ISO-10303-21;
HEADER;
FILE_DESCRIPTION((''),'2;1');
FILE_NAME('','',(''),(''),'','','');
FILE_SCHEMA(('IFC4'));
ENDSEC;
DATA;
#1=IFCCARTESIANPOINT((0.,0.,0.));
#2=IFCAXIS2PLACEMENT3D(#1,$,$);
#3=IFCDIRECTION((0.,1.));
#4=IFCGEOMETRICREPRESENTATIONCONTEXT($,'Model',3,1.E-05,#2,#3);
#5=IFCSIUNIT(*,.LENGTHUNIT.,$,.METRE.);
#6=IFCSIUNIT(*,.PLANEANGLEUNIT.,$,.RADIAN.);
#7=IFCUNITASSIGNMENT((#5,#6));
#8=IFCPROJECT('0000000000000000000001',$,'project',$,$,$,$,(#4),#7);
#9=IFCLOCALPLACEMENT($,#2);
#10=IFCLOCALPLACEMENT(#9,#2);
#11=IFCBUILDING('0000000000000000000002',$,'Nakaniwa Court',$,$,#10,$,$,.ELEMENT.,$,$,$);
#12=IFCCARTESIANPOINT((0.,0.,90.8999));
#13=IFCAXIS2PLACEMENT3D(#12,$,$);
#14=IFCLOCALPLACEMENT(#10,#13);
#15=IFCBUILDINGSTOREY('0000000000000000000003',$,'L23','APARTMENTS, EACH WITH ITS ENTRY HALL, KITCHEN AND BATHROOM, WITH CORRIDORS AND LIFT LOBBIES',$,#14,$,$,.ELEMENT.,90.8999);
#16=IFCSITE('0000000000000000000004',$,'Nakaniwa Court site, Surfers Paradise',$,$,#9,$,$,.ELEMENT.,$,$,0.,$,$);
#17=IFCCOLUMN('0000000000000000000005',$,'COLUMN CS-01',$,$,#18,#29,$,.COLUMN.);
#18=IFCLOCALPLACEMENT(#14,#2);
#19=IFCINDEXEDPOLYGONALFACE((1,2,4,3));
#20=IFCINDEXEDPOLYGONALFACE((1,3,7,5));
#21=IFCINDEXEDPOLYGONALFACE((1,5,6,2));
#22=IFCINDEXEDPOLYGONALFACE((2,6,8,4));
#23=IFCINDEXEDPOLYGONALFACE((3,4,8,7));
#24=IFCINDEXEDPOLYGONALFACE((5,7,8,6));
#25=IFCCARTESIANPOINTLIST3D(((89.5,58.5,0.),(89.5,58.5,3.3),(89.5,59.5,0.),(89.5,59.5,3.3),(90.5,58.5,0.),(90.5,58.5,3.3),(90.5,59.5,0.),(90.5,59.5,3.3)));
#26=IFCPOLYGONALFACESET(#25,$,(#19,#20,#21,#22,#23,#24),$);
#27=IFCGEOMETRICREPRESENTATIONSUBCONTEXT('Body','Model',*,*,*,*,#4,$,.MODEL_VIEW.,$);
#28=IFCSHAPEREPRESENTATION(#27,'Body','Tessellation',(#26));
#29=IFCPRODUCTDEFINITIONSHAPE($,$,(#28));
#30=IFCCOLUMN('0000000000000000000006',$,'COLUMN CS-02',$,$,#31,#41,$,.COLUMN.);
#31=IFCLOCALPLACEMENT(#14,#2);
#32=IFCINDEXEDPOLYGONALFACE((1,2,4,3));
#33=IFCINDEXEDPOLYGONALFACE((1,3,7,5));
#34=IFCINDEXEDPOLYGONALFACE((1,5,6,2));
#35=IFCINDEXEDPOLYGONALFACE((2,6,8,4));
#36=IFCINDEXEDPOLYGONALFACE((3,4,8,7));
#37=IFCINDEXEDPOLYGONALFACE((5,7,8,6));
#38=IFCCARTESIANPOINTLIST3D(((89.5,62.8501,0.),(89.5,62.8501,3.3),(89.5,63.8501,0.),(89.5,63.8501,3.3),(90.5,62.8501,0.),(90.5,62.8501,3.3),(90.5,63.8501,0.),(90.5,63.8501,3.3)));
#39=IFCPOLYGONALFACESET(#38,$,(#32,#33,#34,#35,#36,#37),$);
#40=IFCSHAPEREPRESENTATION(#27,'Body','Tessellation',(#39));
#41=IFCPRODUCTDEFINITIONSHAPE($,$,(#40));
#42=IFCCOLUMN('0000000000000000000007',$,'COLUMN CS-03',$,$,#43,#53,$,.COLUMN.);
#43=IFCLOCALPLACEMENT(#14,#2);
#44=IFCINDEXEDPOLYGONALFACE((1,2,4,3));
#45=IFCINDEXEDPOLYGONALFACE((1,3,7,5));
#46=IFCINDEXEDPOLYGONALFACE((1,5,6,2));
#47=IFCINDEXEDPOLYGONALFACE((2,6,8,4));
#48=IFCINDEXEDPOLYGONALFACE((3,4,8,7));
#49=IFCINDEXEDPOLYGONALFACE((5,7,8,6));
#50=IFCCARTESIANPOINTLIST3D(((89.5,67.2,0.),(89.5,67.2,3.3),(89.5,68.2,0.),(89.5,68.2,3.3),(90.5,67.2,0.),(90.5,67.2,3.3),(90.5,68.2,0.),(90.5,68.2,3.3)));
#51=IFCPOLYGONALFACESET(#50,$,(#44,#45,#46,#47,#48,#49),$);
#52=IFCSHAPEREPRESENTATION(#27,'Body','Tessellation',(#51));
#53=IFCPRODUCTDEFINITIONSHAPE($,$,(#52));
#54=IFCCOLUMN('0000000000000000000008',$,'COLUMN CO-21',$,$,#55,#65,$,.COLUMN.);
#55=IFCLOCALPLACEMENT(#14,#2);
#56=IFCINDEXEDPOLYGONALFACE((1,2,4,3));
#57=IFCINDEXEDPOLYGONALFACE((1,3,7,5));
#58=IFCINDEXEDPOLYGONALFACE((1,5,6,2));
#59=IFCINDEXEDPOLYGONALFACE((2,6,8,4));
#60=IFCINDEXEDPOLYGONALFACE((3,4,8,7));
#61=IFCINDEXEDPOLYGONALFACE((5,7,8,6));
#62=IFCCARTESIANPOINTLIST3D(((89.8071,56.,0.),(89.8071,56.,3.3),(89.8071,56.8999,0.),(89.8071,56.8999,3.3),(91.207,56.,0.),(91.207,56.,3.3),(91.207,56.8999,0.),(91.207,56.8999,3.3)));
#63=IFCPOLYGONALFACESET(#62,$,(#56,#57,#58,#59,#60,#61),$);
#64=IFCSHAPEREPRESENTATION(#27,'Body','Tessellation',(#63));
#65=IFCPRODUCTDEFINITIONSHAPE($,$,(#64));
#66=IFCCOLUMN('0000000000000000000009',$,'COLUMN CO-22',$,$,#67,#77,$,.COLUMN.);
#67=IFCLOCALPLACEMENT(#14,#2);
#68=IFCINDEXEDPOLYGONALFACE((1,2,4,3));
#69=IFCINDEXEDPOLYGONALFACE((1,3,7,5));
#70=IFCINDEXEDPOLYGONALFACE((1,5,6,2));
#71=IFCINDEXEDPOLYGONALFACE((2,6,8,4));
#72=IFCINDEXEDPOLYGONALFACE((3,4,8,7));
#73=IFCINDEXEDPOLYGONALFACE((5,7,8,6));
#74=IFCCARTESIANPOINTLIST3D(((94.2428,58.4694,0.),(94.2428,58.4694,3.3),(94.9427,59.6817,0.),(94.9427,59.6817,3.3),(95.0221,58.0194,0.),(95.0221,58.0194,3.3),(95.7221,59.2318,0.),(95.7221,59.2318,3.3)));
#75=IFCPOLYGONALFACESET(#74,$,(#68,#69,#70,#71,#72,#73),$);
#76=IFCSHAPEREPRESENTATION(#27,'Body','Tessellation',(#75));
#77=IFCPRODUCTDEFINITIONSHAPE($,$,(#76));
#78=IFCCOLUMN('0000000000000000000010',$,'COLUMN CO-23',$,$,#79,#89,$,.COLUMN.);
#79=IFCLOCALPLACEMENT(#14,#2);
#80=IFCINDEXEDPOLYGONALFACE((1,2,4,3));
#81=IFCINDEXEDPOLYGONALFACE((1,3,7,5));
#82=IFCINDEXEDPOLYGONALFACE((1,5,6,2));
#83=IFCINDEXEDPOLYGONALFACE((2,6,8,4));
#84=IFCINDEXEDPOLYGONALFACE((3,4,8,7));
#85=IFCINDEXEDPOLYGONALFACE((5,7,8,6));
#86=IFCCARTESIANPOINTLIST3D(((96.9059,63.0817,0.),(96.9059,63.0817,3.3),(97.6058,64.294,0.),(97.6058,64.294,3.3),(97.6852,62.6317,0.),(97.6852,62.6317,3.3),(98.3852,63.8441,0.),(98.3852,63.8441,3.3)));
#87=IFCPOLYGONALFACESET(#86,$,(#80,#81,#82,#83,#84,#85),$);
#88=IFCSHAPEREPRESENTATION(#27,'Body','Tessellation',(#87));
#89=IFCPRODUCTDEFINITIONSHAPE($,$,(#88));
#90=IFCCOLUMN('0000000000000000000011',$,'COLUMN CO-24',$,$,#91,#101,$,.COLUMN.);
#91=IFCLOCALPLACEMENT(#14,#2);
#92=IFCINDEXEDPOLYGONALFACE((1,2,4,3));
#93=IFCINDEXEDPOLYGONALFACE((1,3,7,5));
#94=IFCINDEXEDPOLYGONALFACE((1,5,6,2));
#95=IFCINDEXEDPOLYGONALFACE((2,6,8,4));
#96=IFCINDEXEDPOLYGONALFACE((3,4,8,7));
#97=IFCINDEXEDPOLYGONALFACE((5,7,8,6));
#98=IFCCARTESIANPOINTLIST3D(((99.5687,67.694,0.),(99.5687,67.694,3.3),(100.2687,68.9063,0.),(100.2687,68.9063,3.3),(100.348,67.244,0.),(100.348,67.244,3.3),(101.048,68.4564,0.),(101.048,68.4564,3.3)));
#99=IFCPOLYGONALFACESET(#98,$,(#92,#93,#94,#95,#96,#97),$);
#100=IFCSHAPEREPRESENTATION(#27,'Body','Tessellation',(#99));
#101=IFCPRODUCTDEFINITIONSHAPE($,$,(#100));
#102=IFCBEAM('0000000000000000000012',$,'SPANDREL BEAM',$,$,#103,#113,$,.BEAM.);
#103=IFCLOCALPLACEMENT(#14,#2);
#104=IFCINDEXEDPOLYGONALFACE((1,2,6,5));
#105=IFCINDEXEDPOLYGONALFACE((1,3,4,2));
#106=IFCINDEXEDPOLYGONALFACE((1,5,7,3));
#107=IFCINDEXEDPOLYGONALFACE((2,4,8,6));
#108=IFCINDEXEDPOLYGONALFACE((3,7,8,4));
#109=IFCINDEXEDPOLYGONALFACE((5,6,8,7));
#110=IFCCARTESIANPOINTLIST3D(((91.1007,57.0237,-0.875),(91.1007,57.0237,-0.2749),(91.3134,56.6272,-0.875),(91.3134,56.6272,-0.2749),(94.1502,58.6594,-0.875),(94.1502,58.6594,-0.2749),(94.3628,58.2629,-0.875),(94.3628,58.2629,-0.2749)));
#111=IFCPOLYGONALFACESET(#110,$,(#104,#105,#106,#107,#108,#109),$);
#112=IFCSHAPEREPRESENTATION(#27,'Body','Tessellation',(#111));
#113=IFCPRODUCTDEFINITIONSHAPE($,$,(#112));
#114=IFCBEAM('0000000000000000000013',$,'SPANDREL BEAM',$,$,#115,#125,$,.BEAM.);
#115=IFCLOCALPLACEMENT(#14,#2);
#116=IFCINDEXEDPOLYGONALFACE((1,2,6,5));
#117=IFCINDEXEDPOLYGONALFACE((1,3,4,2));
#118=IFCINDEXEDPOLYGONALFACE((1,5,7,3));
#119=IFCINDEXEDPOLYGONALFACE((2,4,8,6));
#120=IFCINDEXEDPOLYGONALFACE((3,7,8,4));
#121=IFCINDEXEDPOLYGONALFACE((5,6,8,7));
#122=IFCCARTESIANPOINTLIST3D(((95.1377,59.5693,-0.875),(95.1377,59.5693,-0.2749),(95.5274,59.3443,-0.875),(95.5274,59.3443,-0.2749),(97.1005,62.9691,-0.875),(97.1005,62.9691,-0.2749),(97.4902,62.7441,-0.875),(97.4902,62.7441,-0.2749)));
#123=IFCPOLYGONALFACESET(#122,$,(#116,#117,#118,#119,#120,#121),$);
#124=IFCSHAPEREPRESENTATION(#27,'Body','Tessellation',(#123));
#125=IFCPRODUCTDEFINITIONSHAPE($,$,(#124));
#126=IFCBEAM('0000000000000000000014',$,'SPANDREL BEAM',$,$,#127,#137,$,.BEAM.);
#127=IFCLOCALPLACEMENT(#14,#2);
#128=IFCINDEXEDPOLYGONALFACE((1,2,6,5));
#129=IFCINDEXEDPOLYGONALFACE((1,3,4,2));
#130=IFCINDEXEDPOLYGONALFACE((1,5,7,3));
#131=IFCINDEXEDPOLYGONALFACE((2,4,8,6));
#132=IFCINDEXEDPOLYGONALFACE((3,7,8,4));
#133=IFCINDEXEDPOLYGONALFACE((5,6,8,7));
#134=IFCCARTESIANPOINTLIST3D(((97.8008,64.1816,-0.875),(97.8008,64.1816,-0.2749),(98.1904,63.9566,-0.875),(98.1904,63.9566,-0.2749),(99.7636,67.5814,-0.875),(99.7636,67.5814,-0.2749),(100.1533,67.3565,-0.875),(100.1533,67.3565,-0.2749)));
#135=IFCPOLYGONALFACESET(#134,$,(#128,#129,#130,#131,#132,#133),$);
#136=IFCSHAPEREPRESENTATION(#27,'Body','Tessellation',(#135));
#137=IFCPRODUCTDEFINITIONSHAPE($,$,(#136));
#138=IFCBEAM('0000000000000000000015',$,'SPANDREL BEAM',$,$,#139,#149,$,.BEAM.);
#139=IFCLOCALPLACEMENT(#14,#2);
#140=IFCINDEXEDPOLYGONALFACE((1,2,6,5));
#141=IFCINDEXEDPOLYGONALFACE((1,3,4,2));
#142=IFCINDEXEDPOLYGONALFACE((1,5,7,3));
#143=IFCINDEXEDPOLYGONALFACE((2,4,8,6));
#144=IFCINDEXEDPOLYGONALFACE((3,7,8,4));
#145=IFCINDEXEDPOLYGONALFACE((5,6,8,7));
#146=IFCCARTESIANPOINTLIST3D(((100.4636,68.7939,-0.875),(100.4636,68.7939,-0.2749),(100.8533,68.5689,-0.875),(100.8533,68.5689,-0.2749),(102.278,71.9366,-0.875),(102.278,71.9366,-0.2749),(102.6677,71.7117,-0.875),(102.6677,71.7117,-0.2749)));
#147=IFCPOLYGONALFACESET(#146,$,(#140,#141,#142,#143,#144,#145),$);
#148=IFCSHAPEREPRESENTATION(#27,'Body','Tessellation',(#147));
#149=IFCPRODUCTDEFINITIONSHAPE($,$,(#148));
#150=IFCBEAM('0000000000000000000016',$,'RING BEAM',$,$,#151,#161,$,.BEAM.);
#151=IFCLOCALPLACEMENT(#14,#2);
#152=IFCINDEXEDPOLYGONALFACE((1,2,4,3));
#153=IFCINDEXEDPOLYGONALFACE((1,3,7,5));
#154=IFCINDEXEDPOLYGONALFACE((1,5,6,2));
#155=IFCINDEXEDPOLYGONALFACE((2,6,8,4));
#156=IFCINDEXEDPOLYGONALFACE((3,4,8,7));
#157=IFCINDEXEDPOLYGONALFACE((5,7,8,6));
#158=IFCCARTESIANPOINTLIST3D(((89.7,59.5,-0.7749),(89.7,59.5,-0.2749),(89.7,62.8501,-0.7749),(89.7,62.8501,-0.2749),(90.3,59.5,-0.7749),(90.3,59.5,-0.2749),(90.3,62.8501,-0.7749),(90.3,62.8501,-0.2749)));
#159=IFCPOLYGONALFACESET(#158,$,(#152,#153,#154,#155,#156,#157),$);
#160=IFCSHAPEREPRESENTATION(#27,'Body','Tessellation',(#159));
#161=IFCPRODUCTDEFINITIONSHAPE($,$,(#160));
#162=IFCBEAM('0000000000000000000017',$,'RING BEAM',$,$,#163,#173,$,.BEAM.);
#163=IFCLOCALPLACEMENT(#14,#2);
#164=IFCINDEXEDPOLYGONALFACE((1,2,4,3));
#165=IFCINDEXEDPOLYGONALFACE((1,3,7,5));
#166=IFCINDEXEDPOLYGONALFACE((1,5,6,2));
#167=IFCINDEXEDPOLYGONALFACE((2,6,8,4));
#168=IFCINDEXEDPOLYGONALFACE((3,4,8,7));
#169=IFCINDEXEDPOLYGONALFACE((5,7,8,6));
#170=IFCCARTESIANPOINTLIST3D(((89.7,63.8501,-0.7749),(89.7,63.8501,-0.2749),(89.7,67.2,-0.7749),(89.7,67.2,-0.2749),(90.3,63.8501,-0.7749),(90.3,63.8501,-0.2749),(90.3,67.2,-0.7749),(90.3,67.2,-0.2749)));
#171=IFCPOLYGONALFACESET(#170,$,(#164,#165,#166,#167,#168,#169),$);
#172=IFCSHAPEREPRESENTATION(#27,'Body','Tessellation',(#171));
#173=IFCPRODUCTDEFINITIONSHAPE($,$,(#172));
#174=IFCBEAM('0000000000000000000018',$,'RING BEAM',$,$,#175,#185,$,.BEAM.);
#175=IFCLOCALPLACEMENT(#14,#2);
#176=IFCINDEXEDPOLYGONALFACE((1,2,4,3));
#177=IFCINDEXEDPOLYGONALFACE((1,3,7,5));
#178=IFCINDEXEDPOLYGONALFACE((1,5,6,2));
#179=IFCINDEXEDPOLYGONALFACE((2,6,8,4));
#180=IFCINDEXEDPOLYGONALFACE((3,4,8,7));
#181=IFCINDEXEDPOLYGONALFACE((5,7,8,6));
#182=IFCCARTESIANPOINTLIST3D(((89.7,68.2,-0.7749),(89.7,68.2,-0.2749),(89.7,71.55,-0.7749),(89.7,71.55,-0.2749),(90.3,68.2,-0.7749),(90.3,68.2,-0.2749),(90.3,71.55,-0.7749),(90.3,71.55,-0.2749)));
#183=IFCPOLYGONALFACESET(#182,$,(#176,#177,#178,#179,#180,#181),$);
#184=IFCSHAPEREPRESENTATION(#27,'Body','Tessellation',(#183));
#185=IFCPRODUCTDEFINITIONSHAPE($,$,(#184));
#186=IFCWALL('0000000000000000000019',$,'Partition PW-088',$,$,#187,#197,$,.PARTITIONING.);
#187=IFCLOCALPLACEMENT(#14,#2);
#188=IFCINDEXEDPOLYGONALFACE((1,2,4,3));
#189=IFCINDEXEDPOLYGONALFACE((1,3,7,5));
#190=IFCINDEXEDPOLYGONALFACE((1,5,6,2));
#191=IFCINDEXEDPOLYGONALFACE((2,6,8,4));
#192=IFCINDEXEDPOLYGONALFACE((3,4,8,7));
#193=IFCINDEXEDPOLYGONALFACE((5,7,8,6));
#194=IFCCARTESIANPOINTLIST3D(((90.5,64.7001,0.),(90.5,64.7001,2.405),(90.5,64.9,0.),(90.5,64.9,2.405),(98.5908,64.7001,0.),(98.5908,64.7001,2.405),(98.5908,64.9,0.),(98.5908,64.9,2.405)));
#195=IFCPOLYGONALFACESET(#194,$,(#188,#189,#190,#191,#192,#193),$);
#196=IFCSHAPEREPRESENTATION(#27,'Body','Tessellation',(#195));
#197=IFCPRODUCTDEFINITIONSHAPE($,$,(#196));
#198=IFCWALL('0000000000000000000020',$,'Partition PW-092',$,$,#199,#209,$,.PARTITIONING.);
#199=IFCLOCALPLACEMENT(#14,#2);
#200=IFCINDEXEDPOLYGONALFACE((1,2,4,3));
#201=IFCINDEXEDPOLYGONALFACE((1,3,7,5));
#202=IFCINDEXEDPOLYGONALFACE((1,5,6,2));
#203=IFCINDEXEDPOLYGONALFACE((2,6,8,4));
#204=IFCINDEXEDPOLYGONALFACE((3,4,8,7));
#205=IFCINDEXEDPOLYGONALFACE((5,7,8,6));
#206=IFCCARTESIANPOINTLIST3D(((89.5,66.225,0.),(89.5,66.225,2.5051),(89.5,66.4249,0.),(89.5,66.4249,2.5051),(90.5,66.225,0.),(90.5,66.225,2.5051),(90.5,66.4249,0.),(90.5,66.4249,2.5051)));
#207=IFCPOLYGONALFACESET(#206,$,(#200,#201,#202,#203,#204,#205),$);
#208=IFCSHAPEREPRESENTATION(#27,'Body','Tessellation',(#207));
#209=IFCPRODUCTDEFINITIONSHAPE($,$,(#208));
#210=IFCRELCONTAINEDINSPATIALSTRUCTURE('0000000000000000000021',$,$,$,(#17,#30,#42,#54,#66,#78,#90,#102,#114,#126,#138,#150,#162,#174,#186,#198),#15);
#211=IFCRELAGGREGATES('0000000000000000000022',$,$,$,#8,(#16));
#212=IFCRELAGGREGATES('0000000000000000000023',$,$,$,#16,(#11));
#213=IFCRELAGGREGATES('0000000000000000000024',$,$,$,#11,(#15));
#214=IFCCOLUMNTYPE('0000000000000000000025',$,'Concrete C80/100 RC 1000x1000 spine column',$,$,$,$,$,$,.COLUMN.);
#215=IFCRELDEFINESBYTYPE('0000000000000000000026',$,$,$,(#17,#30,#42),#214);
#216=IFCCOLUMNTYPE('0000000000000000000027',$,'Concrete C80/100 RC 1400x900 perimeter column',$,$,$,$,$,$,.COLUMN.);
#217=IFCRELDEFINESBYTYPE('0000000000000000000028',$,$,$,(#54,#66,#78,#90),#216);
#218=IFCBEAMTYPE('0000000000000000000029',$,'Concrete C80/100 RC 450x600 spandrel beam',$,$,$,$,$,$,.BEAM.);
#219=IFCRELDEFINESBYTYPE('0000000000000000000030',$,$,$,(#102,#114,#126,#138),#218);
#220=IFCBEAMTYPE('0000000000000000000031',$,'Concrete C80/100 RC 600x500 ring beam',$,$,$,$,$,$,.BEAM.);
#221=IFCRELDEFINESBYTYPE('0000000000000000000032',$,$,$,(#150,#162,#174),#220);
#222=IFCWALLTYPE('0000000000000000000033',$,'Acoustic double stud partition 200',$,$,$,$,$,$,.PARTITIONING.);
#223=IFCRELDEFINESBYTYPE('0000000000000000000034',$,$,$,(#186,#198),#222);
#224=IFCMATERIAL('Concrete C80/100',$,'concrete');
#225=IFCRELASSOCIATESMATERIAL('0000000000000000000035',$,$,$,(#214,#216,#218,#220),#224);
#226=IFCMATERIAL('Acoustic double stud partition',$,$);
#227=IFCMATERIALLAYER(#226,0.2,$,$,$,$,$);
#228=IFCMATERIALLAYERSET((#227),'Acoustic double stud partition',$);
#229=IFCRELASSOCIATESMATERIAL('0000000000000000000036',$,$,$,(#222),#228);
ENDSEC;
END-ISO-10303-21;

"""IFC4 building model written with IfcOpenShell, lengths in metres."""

from ifc_helpers import new_model, si_unit, direction, frame, frame_2d, origin, origin_2d, place, context, subcontext, project, spatial, rectangle, extrude, material, layer, layer_set, material_profile, profile_set, type_object, element, save


model = new_model("IFC4")

# Units and contexts
model_context = context("Model", 3, precision=1e-05, world=origin(), true_north=direction((0.0, 1.0)))
body_context = subcontext(model_context, "Body", "Model", "MODEL_VIEW")
ifc_project = project(units=[si_unit("LENGTHUNIT", "METRE"), si_unit("PLANEANGLEUNIT", "RADIAN")], contexts=[model_context])

# Site, building, storey
site_placement = place(None, origin())
site = spatial("IfcSite", under=ifc_project, at=site_placement, Name="Nakaniwa Court site, Surfers Paradise", CompositionType="ELEMENT", RefElevation=0.0)
building_placement = place(site_placement, origin())
building = spatial("IfcBuilding", under=site, at=building_placement, Name="Nakaniwa Court", CompositionType="ELEMENT")
storey_placement = place(building_placement, frame((0.0, 0.0, 90.8999)))
storey = spatial("IfcBuildingStorey", under=building, at=storey_placement, Name="L23", Description="APARTMENTS, EACH WITH ITS ENTRY HALL, KITCHEN AND BATHROOM, WITH CORRIDORS AND LIFT LOBBIES", CompositionType="ELEMENT", Elevation=90.8999)

# Columns
ifc_material_1 = material(Name="Concrete C80/100", Category="concrete")
ifc_material_profile_1 = material_profile(ifc_material_1, rectangle(XDim=1.0, YDim=1.0, at=origin_2d()), Name="Concrete C80/100 RC 1000x1000 spine column")
ifc_profile_set_1 = profile_set([ifc_material_profile_1], Name="Concrete C80/100")
column_type_1 = type_object("IfcColumnType", Name="Concrete C80/100 RC 1000x1000 spine column", PredefinedType="COLUMN", material=ifc_profile_set_1)
for number, where, z_axis, x_axis, name in (
    (1, (90.0, 59.0, 0.0), (0.0, 0.0, 1.0), (0.0, 1.0, 0.0), "COLUMN CS-01"),
    (2, (90.0, 63.3501, 0.0), (0.0, 0.0, 1.0), (0.0, 1.0, 0.0), "COLUMN CS-02"),
    (3, (90.0, 67.7, 0.0), (0.0, 0.0, 1.0), (0.0, 1.0, 0.0), "COLUMN CS-03"),
):
    element("IfcColumn", number, at=place(storey_placement, frame(where, z_axis=z_axis, x_axis=x_axis)), inside=storey, type_object=column_type_1, Name=name, PredefinedType="COLUMN", context=body_context, shape_type="SweptSolid", body=[
        extrude(rectangle(XDim=1.0, YDim=1.0, at=origin_2d()), origin(), (0.0, 0.0, 1.0), 3.3),
    ])
ifc_material_profile_2 = material_profile(ifc_material_1, rectangle(XDim=1.3999, YDim=0.8999, at=origin_2d()), Name="Concrete C80/100 RC 1400x900 perimeter column")
ifc_profile_set_2 = profile_set([ifc_material_profile_2], Name="Concrete C80/100")
column_type_2 = type_object("IfcColumnType", Name="Concrete C80/100 RC 1400x900 perimeter column", PredefinedType="COLUMN", material=ifc_profile_set_2)
for number, where, z_axis, x_axis, name in (
    (4, (90.5071, 56.45, 0.0), (0.0, 0.0, 1.0), (1.0, 0.0, 0.0), "COLUMN CO-21"),
    (5, (94.9824, 58.8506, 0.0), (0.0, 0.0, 1.0), (0.5, 0.866025, 0.0), "COLUMN CO-22"),
    (6, (97.6455, 63.4629, 0.0), (0.0, 0.0, 1.0), (0.5, 0.866025, 0.0), "COLUMN CO-23"),
    (7, (100.3083, 68.0752, 0.0), (0.0, 0.0, 1.0), (0.5, 0.866025, 0.0), "COLUMN CO-24"),
):
    element("IfcColumn", number, at=place(storey_placement, frame(where, z_axis=z_axis, x_axis=x_axis)), inside=storey, type_object=column_type_2, Name=name, PredefinedType="COLUMN", context=body_context, shape_type="SweptSolid", body=[
        extrude(rectangle(XDim=1.3999, YDim=0.8999, at=origin_2d()), origin(), (0.0, 0.0, 1.0), 3.3),
    ])

# Beams
ifc_material_profile_3 = material_profile(ifc_material_1, rectangle(XDim=0.45, YDim=0.6001, at=origin_2d()), Name="Concrete C80/100 RC 450x600 spandrel beam")
ifc_profile_set_3 = profile_set([ifc_material_profile_3], Name="Concrete C80/100")
beam_type_1 = type_object("IfcBeamType", Name="Concrete C80/100 RC 450x600 spandrel beam", PredefinedType="BEAM", material=ifc_profile_set_3)
beam_1_placement = place(storey_placement, frame((91.207, 56.8254, -0.575), z_axis=(0.881233, 0.472681, 0.0), x_axis=(-0.472681, 0.881233, 0.0)))
element("IfcBeam", 8, at=beam_1_placement, inside=storey, type_object=beam_type_1, Name="SPANDREL BEAM", PredefinedType="BEAM", context=body_context, shape_type="SweptSolid", body=[
    extrude(rectangle(XDim=0.45, YDim=0.6001, at=origin_2d()), origin(), (0.0, 0.0, 1.0), 3.4604),
])
for number, where, z_axis, x_axis, name in (
    (9, (95.3325, 59.4568, -0.575), (0.499992, 0.86603, 0.0), (-0.86603, 0.499992, 0.0), "SPANDREL BEAM"),
    (10, (97.9956, 64.0691, -0.575), (0.499992, 0.86603, 0.0), (-0.86603, 0.499992, 0.0), "SPANDREL BEAM"),
):
    element("IfcBeam", number, at=place(storey_placement, frame(where, z_axis=z_axis, x_axis=x_axis)), inside=storey, type_object=beam_type_1, Name=name, PredefinedType="BEAM", context=body_context, shape_type="SweptSolid", body=[
        extrude(rectangle(XDim=0.45, YDim=0.6001, at=origin_2d()), origin(), (0.0, 0.0, 1.0), 3.9258),
    ])
beam_2_placement = place(storey_placement, frame((100.6584, 68.6814, -0.575), z_axis=(0.499988, 0.866032, 0.0), x_axis=(-0.866032, 0.499988, 0.0)))
element("IfcBeam", 11, at=beam_2_placement, inside=storey, type_object=beam_type_1, Name="SPANDREL BEAM", PredefinedType="BEAM", context=body_context, shape_type="SweptSolid", body=[
    extrude(rectangle(XDim=0.45, YDim=0.6001, at=origin_2d()), origin(), (0.0, 0.0, 1.0), 3.6289),
])
ifc_material_profile_4 = material_profile(ifc_material_1, rectangle(XDim=0.6001, YDim=0.5, at=origin_2d()), Name="Concrete C80/100 RC 600x500 ring beam")
ifc_profile_set_4 = profile_set([ifc_material_profile_4], Name="Concrete C80/100")
beam_type_2 = type_object("IfcBeamType", Name="Concrete C80/100 RC 600x500 ring beam", PredefinedType="BEAM", material=ifc_profile_set_4)
beam_3_placement = place(storey_placement, frame((90.0, 59.5, -0.5249), z_axis=(0.0, 1.0, 0.0), x_axis=(-1.0, 0.0, 0.0)))
element("IfcBeam", 12, at=beam_3_placement, inside=storey, type_object=beam_type_2, Name="RING BEAM", PredefinedType="BEAM", context=body_context, shape_type="SweptSolid", body=[
    extrude(rectangle(XDim=0.6001, YDim=0.5, at=origin_2d()), origin(), (0.0, 0.0, 1.0), 3.3501),
])
beam_4_placement = place(storey_placement, frame((90.0, 63.8501, -0.5249), z_axis=(0.0, 1.0, 0.0), x_axis=(-1.0, 0.0, 0.0)))
element("IfcBeam", 13, at=beam_4_placement, inside=storey, type_object=beam_type_2, Name="RING BEAM", PredefinedType="BEAM", context=body_context, shape_type="SweptSolid", body=[
    extrude(rectangle(XDim=0.6001, YDim=0.5, at=origin_2d()), origin(), (0.0, 0.0, 1.0), 3.3499),
])
beam_5_placement = place(storey_placement, frame((90.0, 68.2, -0.5249), z_axis=(0.0, 1.0, 0.0), x_axis=(-1.0, 0.0, 0.0)))
element("IfcBeam", 14, at=beam_5_placement, inside=storey, type_object=beam_type_2, Name="RING BEAM", PredefinedType="BEAM", context=body_context, shape_type="SweptSolid", body=[
    extrude(rectangle(XDim=0.6001, YDim=0.5, at=origin_2d()), origin(), (0.0, 0.0, 1.0), 3.3501),
])

# Walls
ifc_material_2 = material(Name="Acoustic double stud partition")
ifc_layer_1 = layer(ifc_material_2, 0.2)
ifc_layer_set_1 = layer_set([ifc_layer_1], Name="Acoustic double stud partition")
wall_type_1 = type_object("IfcWallType", Name="Acoustic double stud partition 200", PredefinedType="PARTITIONING", material=ifc_layer_set_1)
wall_1_placement = place(storey_placement, frame((90.5, 64.8, 0.0), z_axis=(0.0, 0.0, 1.0), x_axis=(1.0, 0.0, 0.0)))
element("IfcWall", 15, at=wall_1_placement, inside=storey, type_object=wall_type_1, Name="Partition PW-088", PredefinedType="PARTITIONING", context=body_context, shape_type="SweptSolid", body=[
    extrude(rectangle(XDim=8.0908, YDim=0.2, at=frame_2d((4.0454, 0.0))), origin(), (0.0, 0.0, 1.0), 2.405),
])
wall_2_placement = place(storey_placement, frame((89.5, 66.325, 0.0), z_axis=(0.0, 0.0, 1.0), x_axis=(1.0, 0.0, 0.0)))
element("IfcWall", 16, at=wall_2_placement, inside=storey, type_object=wall_type_1, Name="Partition PW-092", PredefinedType="PARTITIONING", context=body_context, shape_type="SweptSolid", body=[
    extrude(rectangle(XDim=1.0, YDim=0.2, at=frame_2d((0.5, 0.0))), origin(), (0.0, 0.0, 1.0), 2.5051),
])

save(model, "model.ifc")
